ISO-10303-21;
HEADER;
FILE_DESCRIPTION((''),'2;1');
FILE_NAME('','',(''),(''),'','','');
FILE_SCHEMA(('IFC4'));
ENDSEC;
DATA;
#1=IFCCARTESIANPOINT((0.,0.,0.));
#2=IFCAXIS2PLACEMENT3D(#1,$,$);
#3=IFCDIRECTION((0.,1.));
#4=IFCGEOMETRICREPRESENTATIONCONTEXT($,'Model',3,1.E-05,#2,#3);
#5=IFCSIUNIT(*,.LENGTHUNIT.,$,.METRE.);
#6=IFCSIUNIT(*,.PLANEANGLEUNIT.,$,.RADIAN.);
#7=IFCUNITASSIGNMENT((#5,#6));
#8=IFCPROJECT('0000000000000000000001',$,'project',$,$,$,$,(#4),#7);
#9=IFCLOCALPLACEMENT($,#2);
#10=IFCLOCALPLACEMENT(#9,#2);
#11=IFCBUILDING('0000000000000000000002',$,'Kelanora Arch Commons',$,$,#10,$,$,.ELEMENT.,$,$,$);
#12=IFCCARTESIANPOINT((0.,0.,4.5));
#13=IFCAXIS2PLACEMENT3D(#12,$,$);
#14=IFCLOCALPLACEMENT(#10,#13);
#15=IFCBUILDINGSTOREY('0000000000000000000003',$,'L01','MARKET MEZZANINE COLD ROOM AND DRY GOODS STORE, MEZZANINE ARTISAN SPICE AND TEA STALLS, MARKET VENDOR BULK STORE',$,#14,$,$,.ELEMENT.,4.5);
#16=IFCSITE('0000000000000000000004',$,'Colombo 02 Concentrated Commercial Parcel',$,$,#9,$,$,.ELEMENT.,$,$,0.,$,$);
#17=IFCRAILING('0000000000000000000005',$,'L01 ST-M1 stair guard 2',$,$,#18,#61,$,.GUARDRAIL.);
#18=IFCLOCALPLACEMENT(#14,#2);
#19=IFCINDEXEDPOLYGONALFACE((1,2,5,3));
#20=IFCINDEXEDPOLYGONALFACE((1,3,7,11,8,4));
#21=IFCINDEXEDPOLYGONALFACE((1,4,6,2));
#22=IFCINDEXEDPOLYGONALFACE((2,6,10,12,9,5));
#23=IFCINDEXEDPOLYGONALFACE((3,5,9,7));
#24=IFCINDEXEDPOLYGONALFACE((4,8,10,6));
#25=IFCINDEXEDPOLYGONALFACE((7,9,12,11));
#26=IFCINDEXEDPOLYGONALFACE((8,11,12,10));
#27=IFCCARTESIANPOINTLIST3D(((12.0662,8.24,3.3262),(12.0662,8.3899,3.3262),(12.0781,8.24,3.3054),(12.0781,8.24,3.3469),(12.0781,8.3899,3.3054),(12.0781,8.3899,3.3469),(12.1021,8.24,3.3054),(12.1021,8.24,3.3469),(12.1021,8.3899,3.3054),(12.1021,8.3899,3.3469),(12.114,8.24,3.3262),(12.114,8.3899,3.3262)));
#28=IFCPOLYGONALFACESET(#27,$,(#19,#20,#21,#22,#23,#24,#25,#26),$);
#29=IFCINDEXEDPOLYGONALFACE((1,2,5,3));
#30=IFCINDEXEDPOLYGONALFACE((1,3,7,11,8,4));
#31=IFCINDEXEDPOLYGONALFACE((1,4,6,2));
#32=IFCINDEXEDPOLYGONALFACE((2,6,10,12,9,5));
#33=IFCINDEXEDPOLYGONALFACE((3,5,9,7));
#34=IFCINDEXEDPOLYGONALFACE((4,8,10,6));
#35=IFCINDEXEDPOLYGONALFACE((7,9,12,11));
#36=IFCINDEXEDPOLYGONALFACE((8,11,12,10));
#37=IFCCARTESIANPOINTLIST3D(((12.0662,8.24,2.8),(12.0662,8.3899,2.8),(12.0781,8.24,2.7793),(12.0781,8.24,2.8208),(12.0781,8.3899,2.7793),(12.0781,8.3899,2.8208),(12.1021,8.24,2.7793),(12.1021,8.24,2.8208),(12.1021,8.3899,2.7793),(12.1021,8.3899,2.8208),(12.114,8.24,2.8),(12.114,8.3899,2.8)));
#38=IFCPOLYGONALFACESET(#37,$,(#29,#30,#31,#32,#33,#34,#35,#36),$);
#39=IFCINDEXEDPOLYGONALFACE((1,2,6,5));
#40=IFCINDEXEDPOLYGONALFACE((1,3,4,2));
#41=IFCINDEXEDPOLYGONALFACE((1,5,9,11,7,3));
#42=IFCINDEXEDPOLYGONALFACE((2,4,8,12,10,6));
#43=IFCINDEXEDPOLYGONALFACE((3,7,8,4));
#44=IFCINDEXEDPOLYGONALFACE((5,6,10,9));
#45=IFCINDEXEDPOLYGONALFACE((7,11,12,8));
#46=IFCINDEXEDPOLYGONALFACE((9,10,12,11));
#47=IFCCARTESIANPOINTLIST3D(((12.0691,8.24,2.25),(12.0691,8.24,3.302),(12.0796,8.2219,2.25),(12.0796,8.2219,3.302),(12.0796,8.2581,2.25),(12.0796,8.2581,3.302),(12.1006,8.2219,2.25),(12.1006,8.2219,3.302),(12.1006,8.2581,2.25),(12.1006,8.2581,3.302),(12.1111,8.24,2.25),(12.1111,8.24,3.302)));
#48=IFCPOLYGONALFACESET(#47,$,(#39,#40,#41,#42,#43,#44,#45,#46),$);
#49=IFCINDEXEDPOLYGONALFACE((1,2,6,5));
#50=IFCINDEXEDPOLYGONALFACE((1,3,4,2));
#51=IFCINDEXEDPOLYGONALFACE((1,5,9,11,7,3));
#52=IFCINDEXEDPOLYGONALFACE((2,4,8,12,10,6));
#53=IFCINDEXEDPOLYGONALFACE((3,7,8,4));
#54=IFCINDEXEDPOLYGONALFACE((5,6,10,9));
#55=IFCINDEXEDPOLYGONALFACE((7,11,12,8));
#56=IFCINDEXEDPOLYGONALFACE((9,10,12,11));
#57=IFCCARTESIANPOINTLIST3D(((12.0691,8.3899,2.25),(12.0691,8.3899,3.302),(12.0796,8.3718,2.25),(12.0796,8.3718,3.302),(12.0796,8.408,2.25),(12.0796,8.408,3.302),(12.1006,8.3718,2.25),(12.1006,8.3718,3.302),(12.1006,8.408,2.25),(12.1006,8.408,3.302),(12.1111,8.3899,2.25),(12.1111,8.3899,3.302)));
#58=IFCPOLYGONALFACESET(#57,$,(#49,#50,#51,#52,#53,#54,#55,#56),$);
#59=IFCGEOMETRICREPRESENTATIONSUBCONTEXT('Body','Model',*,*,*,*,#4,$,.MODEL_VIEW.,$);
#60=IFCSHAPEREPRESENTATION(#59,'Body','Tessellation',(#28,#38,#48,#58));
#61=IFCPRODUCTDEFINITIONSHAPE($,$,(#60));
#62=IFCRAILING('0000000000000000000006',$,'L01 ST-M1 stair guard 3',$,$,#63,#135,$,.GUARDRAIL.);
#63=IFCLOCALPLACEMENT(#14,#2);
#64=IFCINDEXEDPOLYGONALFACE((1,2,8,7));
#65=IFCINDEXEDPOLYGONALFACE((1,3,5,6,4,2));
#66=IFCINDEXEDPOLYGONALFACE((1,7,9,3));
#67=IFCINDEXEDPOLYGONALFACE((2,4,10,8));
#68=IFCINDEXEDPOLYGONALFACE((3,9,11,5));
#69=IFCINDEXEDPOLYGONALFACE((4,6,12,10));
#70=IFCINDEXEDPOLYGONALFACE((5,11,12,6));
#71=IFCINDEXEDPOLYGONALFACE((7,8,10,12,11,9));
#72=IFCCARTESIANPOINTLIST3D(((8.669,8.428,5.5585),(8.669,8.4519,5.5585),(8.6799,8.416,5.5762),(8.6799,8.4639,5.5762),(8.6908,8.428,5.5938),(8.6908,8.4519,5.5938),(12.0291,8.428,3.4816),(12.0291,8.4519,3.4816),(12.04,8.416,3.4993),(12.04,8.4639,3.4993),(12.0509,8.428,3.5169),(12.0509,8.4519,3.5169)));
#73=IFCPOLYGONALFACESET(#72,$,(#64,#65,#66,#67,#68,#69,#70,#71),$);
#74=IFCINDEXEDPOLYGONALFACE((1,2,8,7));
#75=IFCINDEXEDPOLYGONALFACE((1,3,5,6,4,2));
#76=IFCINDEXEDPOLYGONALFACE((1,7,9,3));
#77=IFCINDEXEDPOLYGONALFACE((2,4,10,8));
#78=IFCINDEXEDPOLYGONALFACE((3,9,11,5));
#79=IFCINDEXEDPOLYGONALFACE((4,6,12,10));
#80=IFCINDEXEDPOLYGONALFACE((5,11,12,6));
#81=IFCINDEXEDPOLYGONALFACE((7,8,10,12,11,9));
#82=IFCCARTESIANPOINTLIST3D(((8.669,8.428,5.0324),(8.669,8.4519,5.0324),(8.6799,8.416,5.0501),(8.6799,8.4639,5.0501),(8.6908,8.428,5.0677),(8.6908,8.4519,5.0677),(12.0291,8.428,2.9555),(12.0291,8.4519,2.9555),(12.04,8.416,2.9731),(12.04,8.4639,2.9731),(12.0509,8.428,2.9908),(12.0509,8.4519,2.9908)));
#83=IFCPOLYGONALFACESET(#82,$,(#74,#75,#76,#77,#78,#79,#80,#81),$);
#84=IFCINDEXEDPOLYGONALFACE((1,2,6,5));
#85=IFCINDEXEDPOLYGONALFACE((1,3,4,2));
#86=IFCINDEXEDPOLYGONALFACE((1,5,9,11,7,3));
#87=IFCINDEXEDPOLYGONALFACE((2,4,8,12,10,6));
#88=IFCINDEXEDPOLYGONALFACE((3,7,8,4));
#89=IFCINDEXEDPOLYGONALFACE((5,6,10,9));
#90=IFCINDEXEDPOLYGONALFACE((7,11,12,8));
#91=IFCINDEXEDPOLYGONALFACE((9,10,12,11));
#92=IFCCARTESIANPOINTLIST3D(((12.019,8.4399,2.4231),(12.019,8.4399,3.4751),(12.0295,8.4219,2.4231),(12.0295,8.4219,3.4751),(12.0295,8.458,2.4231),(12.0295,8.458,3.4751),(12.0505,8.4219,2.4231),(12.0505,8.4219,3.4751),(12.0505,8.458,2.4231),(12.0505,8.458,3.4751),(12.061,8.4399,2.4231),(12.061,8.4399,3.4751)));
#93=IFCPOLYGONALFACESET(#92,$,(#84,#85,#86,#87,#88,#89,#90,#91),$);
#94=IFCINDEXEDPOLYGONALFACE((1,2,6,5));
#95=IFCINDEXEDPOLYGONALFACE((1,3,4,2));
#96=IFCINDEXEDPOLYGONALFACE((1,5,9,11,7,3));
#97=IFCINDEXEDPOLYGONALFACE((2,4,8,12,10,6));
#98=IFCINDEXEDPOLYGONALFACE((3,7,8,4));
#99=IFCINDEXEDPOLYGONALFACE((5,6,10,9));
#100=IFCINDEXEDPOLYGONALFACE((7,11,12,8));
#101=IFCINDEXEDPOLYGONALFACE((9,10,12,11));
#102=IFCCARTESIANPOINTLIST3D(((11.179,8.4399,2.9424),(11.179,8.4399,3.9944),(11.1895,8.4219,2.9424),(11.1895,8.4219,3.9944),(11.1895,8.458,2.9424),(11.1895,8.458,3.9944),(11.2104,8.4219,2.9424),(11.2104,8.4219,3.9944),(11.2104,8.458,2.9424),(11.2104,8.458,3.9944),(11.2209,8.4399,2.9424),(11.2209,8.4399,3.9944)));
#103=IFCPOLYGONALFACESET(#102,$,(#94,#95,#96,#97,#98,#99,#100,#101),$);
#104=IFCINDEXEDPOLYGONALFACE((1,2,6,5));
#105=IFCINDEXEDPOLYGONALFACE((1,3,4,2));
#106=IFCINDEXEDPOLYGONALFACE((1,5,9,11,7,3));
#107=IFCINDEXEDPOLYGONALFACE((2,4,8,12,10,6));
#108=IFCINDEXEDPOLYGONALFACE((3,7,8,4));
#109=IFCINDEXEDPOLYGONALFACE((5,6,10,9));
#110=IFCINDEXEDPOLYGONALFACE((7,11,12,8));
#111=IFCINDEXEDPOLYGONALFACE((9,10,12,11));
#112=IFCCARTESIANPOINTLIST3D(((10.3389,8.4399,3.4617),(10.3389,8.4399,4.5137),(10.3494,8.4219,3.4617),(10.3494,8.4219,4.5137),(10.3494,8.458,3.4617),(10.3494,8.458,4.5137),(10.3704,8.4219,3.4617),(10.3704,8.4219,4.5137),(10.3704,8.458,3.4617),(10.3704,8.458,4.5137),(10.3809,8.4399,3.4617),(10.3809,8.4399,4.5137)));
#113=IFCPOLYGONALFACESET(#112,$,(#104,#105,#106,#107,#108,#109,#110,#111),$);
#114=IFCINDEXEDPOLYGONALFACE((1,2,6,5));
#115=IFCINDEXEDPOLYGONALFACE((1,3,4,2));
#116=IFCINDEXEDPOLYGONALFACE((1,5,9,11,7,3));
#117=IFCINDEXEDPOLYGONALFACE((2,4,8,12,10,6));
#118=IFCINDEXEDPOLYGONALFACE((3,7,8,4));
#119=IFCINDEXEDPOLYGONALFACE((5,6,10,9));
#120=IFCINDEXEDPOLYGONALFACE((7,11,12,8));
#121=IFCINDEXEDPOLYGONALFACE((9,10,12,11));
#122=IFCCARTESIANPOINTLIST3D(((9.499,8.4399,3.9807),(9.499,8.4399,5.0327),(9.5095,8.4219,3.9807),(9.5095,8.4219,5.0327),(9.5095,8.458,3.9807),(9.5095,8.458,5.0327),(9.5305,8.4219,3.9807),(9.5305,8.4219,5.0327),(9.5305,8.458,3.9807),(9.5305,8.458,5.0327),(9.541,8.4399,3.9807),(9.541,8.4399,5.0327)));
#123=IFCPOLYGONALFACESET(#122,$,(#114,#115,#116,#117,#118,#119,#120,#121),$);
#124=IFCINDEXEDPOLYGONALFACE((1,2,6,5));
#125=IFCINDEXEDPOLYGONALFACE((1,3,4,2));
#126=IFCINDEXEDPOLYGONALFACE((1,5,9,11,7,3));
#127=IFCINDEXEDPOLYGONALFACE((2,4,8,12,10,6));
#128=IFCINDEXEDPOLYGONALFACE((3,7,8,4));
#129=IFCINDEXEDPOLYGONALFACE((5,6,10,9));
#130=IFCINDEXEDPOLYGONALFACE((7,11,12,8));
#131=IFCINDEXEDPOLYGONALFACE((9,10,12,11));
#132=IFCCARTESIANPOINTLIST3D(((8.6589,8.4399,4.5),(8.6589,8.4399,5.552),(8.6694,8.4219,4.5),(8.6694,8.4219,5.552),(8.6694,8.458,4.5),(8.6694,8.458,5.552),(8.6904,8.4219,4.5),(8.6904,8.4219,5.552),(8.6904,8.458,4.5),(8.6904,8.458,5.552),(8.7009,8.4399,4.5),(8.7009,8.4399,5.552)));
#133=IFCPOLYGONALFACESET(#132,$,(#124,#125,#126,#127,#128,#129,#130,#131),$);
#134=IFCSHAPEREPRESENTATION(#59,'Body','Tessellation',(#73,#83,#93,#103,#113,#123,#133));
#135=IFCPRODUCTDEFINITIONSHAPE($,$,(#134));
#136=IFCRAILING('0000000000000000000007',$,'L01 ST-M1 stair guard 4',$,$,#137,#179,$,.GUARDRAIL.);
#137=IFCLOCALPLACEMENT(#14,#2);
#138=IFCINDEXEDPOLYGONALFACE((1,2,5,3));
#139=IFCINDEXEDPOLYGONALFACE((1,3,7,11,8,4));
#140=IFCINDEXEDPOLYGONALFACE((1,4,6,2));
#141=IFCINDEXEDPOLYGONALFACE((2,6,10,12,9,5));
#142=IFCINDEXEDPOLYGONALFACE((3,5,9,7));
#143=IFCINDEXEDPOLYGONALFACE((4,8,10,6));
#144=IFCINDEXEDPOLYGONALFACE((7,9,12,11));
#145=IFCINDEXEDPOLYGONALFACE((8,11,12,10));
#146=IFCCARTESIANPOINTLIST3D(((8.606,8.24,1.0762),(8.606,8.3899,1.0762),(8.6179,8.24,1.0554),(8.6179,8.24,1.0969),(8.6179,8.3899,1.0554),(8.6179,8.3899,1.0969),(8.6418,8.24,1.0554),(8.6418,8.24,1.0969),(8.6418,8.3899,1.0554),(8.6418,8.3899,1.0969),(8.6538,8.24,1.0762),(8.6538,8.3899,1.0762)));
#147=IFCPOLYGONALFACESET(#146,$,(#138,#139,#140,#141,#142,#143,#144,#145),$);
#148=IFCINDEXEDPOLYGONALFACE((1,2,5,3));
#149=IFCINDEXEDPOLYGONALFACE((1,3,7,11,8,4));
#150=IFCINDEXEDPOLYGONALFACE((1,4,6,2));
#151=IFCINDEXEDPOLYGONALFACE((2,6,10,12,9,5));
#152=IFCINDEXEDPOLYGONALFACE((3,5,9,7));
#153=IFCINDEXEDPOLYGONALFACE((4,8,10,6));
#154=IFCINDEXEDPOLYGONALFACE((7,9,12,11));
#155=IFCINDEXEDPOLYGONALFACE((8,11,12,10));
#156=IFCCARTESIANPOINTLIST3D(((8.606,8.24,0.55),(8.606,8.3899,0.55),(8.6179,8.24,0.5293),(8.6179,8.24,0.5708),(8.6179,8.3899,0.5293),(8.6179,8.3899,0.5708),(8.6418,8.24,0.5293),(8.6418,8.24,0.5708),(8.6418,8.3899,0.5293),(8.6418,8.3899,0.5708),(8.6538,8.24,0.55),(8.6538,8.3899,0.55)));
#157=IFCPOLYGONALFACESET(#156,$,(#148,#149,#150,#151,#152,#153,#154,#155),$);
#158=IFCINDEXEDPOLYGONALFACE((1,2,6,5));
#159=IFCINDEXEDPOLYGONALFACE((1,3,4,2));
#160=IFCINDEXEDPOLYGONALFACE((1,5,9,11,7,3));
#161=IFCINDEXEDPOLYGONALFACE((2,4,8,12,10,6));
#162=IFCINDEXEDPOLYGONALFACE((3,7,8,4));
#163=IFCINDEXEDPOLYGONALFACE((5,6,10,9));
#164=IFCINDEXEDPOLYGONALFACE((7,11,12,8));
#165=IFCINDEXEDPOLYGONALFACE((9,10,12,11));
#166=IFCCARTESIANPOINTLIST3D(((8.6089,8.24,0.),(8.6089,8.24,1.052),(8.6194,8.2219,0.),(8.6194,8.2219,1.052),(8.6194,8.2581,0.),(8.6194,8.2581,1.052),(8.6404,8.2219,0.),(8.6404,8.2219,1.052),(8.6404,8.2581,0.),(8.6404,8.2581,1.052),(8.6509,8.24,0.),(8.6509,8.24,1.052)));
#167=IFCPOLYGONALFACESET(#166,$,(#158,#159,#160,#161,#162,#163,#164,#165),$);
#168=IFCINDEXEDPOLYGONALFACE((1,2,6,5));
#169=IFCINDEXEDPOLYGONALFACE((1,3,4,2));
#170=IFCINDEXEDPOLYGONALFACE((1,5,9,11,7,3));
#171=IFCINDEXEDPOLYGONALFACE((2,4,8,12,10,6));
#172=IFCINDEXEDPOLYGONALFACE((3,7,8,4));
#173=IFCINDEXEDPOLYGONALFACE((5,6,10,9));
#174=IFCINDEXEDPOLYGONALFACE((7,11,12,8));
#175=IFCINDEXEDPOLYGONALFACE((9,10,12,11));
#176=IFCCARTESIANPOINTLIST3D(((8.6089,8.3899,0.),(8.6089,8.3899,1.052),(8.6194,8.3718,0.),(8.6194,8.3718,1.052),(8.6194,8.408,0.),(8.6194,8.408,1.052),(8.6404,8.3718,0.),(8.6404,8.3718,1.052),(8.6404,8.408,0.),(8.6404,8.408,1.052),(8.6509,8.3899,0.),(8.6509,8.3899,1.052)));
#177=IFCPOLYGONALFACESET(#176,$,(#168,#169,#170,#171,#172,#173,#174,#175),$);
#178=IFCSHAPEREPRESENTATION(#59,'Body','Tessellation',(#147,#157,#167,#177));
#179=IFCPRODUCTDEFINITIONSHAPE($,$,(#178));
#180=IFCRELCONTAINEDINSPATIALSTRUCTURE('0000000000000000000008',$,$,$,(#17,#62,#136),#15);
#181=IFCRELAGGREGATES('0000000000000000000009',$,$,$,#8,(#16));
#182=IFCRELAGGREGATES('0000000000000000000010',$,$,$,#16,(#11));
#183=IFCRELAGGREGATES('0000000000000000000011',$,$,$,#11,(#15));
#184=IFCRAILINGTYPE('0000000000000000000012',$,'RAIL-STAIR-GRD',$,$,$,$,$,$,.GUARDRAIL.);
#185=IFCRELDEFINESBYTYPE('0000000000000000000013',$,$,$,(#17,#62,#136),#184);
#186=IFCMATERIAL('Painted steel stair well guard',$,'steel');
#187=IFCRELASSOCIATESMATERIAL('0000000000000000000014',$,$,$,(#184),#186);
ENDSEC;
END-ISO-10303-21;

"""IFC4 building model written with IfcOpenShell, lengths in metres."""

from ifc_helpers import new_model, si_unit, direction, frame, origin, place, context, subcontext, project, spatial, polyline, outline, extrude, material, type_object, element, save


model = new_model("IFC4")

# Units and contexts
model_context = context("Model", 3, precision=1e-05, world=origin(), true_north=direction((0.0, 1.0)))
body_context = subcontext(model_context, "Body", "Model", "MODEL_VIEW")
ifc_project = project(units=[si_unit("LENGTHUNIT", "METRE"), si_unit("PLANEANGLEUNIT", "RADIAN")], contexts=[model_context])

# Site, building, storey
site_placement = place(None, origin())
site = spatial("IfcSite", under=ifc_project, at=site_placement, Name="Colombo 02 Concentrated Commercial Parcel", CompositionType="ELEMENT", RefElevation=0.0)
building_placement = place(site_placement, origin())
building = spatial("IfcBuilding", under=site, at=building_placement, Name="Kelanora Arch Commons", CompositionType="ELEMENT")
storey_placement = place(building_placement, frame((0.0, 0.0, 4.5)))
storey = spatial("IfcBuildingStorey", under=building, at=storey_placement, Name="L01", Description="MARKET MEZZANINE COLD ROOM AND DRY GOODS STORE, MEZZANINE ARTISAN SPICE AND TEA STALLS, MARKET VENDOR BULK STORE", CompositionType="ELEMENT", Elevation=4.5)

# Railings
ifc_material_1 = material(Name="Painted steel stair well guard", Category="steel")
railing_type_1 = type_object("IfcRailingType", Name="RAIL-STAIR-GRD", PredefinedType="GUARDRAIL", material=ifc_material_1)
railing_1_placement = place(storey_placement, frame((12.0901, 8.24, 2.25)))
element("IfcRailing", 1, at=railing_1_placement, inside=storey, type_object=railing_type_1, Name="L01 ST-M1 stair guard 2", PredefinedType="GUARDRAIL", context=body_context, shape_type="SweptSolid", body=[
    extrude(outline(polyline([(0.0239, 0.0), (0.012, 0.0208), (-0.012, 0.0208), (-0.0239, 0.0), (-0.012, -0.0208), (0.012, -0.0208), (0.0239, 0.0)])), frame((0.0, 0.0, 1.0762), z_axis=(0.0, 1.0, 0.0), x_axis=(-1.0, 0.0, 0.0)), (0.0, 0.0, 1.0), 0.1499),
    extrude(outline(polyline([(0.0239, 0.0), (0.012, 0.0208), (-0.012, 0.0208), (-0.0239, 0.0), (-0.012, -0.0208), (0.012, -0.0208), (0.0239, 0.0)])), frame((0.0, 0.0, 0.55), z_axis=(0.0, 1.0, 0.0), x_axis=(-1.0, 0.0, 0.0)), (0.0, 0.0, 1.0), 0.1499),
    extrude(outline(polyline([(0.021, 0.0), (0.0105, 0.0181), (-0.0105, 0.0181), (-0.021, 0.0), (-0.0105, -0.0181), (0.0105, -0.0181), (0.021, 0.0)])), origin(), (0.0, 0.0, 1.0), 1.052),
    extrude(outline(polyline([(0.021, 0.0), (0.0105, 0.0181), (-0.0105, 0.0181), (-0.021, 0.0), (-0.0105, -0.0181), (0.0105, -0.0181), (0.021, 0.0)])), frame((0.0, 0.1499, 0.0)), (0.0, 0.0, 1.0), 1.052),
])
railing_2_placement = place(storey_placement, frame((12.04, 8.4399, 2.4231)))
element("IfcRailing", 2, at=railing_2_placement, inside=storey, type_object=railing_type_1, Name="L01 ST-M1 stair guard 3", PredefinedType="GUARDRAIL", context=body_context, shape_type="SweptSolid", body=[
    extrude(outline(polyline([(0.0239, 0.0), (0.012, 0.0208), (-0.012, 0.0208), (-0.0239, 0.0), (-0.012, -0.0208), (0.012, -0.0208), (0.0239, 0.0)])), frame((0.0, 0.0, 1.0762), z_axis=(-0.850623, 0.0, 0.525776), x_axis=(0.0, -1.0, 0.0)), (0.0, 0.0, 1.0), 3.9502),
    extrude(outline(polyline([(0.0239, 0.0), (0.012, 0.0208), (-0.012, 0.0208), (-0.0239, 0.0), (-0.012, -0.0208), (0.012, -0.0208), (0.0239, 0.0)])), frame((0.0, 0.0, 0.55), z_axis=(-0.850623, 0.0, 0.525776), x_axis=(0.0, -1.0, 0.0)), (0.0, 0.0, 1.0), 3.9502),
    extrude(outline(polyline([(0.021, 0.0), (0.0105, 0.0181), (-0.0105, 0.0181), (-0.021, 0.0), (-0.0105, -0.0181), (0.0105, -0.0181), (0.021, 0.0)])), origin(), (0.0, 0.0, 1.0), 1.052),
    extrude(outline(polyline([(0.021, 0.0), (0.0105, 0.0181), (-0.0105, 0.0181), (-0.021, 0.0), (-0.0105, -0.0181), (0.0105, -0.0181), (0.021, 0.0)])), frame((-0.8401, 0.0, 0.5193)), (0.0, 0.0, 1.0), 1.052),
    extrude(outline(polyline([(0.021, 0.0), (0.0105, 0.0181), (-0.0105, 0.0181), (-0.021, 0.0), (-0.0105, -0.0181), (0.0105, -0.0181), (0.021, 0.0)])), frame((-1.6802, 0.0, 1.0386)), (0.0, 0.0, 1.0), 1.052),
    extrude(outline(polyline([(0.021, 0.0), (0.0105, 0.0181), (-0.0105, 0.0181), (-0.021, 0.0), (-0.0105, -0.0181), (0.0105, -0.0181), (0.021, 0.0)])), frame((-2.52, 0.0, 1.5576)), (0.0, 0.0, 1.0), 1.052),
    extrude(outline(polyline([(0.021, 0.0), (0.0105, 0.0181), (-0.0105, 0.0181), (-0.021, 0.0), (-0.0105, -0.0181), (0.0105, -0.0181), (0.021, 0.0)])), frame((-3.3601, 0.0, 2.0769)), (0.0, 0.0, 1.0), 1.052),
])
railing_3_placement = place(storey_placement, frame((8.6299, 8.24, 0.0)))
element("IfcRailing", 3, at=railing_3_placement, inside=storey, type_object=railing_type_1, Name="L01 ST-M1 stair guard 4", PredefinedType="GUARDRAIL", context=body_context, shape_type="SweptSolid", body=[
    extrude(outline(polyline([(0.0239, 0.0), (0.012, 0.0208), (-0.012, 0.0208), (-0.0239, 0.0), (-0.012, -0.0208), (0.012, -0.0208), (0.0239, 0.0)])), frame((0.0, 0.0, 1.0762), z_axis=(0.0, 1.0, 0.0), x_axis=(-1.0, 0.0, 0.0)), (0.0, 0.0, 1.0), 0.1499),
    extrude(outline(polyline([(0.0239, 0.0), (0.012, 0.0208), (-0.012, 0.0208), (-0.0239, 0.0), (-0.012, -0.0208), (0.012, -0.0208), (0.0239, 0.0)])), frame((0.0, 0.0, 0.55), z_axis=(0.0, 1.0, 0.0), x_axis=(-1.0, 0.0, 0.0)), (0.0, 0.0, 1.0), 0.1499),
    extrude(outline(polyline([(0.021, 0.0), (0.0105, 0.0181), (-0.0105, 0.0181), (-0.021, 0.0), (-0.0105, -0.0181), (0.0105, -0.0181), (0.021, 0.0)])), origin(), (0.0, 0.0, 1.0), 1.052),
    extrude(outline(polyline([(0.021, 0.0), (0.0105, 0.0181), (-0.0105, 0.0181), (-0.021, 0.0), (-0.0105, -0.0181), (0.0105, -0.0181), (0.021, 0.0)])), frame((0.0, 0.1499, 0.0)), (0.0, 0.0, 1.0), 1.052),
])

save(model, "model.ifc")
